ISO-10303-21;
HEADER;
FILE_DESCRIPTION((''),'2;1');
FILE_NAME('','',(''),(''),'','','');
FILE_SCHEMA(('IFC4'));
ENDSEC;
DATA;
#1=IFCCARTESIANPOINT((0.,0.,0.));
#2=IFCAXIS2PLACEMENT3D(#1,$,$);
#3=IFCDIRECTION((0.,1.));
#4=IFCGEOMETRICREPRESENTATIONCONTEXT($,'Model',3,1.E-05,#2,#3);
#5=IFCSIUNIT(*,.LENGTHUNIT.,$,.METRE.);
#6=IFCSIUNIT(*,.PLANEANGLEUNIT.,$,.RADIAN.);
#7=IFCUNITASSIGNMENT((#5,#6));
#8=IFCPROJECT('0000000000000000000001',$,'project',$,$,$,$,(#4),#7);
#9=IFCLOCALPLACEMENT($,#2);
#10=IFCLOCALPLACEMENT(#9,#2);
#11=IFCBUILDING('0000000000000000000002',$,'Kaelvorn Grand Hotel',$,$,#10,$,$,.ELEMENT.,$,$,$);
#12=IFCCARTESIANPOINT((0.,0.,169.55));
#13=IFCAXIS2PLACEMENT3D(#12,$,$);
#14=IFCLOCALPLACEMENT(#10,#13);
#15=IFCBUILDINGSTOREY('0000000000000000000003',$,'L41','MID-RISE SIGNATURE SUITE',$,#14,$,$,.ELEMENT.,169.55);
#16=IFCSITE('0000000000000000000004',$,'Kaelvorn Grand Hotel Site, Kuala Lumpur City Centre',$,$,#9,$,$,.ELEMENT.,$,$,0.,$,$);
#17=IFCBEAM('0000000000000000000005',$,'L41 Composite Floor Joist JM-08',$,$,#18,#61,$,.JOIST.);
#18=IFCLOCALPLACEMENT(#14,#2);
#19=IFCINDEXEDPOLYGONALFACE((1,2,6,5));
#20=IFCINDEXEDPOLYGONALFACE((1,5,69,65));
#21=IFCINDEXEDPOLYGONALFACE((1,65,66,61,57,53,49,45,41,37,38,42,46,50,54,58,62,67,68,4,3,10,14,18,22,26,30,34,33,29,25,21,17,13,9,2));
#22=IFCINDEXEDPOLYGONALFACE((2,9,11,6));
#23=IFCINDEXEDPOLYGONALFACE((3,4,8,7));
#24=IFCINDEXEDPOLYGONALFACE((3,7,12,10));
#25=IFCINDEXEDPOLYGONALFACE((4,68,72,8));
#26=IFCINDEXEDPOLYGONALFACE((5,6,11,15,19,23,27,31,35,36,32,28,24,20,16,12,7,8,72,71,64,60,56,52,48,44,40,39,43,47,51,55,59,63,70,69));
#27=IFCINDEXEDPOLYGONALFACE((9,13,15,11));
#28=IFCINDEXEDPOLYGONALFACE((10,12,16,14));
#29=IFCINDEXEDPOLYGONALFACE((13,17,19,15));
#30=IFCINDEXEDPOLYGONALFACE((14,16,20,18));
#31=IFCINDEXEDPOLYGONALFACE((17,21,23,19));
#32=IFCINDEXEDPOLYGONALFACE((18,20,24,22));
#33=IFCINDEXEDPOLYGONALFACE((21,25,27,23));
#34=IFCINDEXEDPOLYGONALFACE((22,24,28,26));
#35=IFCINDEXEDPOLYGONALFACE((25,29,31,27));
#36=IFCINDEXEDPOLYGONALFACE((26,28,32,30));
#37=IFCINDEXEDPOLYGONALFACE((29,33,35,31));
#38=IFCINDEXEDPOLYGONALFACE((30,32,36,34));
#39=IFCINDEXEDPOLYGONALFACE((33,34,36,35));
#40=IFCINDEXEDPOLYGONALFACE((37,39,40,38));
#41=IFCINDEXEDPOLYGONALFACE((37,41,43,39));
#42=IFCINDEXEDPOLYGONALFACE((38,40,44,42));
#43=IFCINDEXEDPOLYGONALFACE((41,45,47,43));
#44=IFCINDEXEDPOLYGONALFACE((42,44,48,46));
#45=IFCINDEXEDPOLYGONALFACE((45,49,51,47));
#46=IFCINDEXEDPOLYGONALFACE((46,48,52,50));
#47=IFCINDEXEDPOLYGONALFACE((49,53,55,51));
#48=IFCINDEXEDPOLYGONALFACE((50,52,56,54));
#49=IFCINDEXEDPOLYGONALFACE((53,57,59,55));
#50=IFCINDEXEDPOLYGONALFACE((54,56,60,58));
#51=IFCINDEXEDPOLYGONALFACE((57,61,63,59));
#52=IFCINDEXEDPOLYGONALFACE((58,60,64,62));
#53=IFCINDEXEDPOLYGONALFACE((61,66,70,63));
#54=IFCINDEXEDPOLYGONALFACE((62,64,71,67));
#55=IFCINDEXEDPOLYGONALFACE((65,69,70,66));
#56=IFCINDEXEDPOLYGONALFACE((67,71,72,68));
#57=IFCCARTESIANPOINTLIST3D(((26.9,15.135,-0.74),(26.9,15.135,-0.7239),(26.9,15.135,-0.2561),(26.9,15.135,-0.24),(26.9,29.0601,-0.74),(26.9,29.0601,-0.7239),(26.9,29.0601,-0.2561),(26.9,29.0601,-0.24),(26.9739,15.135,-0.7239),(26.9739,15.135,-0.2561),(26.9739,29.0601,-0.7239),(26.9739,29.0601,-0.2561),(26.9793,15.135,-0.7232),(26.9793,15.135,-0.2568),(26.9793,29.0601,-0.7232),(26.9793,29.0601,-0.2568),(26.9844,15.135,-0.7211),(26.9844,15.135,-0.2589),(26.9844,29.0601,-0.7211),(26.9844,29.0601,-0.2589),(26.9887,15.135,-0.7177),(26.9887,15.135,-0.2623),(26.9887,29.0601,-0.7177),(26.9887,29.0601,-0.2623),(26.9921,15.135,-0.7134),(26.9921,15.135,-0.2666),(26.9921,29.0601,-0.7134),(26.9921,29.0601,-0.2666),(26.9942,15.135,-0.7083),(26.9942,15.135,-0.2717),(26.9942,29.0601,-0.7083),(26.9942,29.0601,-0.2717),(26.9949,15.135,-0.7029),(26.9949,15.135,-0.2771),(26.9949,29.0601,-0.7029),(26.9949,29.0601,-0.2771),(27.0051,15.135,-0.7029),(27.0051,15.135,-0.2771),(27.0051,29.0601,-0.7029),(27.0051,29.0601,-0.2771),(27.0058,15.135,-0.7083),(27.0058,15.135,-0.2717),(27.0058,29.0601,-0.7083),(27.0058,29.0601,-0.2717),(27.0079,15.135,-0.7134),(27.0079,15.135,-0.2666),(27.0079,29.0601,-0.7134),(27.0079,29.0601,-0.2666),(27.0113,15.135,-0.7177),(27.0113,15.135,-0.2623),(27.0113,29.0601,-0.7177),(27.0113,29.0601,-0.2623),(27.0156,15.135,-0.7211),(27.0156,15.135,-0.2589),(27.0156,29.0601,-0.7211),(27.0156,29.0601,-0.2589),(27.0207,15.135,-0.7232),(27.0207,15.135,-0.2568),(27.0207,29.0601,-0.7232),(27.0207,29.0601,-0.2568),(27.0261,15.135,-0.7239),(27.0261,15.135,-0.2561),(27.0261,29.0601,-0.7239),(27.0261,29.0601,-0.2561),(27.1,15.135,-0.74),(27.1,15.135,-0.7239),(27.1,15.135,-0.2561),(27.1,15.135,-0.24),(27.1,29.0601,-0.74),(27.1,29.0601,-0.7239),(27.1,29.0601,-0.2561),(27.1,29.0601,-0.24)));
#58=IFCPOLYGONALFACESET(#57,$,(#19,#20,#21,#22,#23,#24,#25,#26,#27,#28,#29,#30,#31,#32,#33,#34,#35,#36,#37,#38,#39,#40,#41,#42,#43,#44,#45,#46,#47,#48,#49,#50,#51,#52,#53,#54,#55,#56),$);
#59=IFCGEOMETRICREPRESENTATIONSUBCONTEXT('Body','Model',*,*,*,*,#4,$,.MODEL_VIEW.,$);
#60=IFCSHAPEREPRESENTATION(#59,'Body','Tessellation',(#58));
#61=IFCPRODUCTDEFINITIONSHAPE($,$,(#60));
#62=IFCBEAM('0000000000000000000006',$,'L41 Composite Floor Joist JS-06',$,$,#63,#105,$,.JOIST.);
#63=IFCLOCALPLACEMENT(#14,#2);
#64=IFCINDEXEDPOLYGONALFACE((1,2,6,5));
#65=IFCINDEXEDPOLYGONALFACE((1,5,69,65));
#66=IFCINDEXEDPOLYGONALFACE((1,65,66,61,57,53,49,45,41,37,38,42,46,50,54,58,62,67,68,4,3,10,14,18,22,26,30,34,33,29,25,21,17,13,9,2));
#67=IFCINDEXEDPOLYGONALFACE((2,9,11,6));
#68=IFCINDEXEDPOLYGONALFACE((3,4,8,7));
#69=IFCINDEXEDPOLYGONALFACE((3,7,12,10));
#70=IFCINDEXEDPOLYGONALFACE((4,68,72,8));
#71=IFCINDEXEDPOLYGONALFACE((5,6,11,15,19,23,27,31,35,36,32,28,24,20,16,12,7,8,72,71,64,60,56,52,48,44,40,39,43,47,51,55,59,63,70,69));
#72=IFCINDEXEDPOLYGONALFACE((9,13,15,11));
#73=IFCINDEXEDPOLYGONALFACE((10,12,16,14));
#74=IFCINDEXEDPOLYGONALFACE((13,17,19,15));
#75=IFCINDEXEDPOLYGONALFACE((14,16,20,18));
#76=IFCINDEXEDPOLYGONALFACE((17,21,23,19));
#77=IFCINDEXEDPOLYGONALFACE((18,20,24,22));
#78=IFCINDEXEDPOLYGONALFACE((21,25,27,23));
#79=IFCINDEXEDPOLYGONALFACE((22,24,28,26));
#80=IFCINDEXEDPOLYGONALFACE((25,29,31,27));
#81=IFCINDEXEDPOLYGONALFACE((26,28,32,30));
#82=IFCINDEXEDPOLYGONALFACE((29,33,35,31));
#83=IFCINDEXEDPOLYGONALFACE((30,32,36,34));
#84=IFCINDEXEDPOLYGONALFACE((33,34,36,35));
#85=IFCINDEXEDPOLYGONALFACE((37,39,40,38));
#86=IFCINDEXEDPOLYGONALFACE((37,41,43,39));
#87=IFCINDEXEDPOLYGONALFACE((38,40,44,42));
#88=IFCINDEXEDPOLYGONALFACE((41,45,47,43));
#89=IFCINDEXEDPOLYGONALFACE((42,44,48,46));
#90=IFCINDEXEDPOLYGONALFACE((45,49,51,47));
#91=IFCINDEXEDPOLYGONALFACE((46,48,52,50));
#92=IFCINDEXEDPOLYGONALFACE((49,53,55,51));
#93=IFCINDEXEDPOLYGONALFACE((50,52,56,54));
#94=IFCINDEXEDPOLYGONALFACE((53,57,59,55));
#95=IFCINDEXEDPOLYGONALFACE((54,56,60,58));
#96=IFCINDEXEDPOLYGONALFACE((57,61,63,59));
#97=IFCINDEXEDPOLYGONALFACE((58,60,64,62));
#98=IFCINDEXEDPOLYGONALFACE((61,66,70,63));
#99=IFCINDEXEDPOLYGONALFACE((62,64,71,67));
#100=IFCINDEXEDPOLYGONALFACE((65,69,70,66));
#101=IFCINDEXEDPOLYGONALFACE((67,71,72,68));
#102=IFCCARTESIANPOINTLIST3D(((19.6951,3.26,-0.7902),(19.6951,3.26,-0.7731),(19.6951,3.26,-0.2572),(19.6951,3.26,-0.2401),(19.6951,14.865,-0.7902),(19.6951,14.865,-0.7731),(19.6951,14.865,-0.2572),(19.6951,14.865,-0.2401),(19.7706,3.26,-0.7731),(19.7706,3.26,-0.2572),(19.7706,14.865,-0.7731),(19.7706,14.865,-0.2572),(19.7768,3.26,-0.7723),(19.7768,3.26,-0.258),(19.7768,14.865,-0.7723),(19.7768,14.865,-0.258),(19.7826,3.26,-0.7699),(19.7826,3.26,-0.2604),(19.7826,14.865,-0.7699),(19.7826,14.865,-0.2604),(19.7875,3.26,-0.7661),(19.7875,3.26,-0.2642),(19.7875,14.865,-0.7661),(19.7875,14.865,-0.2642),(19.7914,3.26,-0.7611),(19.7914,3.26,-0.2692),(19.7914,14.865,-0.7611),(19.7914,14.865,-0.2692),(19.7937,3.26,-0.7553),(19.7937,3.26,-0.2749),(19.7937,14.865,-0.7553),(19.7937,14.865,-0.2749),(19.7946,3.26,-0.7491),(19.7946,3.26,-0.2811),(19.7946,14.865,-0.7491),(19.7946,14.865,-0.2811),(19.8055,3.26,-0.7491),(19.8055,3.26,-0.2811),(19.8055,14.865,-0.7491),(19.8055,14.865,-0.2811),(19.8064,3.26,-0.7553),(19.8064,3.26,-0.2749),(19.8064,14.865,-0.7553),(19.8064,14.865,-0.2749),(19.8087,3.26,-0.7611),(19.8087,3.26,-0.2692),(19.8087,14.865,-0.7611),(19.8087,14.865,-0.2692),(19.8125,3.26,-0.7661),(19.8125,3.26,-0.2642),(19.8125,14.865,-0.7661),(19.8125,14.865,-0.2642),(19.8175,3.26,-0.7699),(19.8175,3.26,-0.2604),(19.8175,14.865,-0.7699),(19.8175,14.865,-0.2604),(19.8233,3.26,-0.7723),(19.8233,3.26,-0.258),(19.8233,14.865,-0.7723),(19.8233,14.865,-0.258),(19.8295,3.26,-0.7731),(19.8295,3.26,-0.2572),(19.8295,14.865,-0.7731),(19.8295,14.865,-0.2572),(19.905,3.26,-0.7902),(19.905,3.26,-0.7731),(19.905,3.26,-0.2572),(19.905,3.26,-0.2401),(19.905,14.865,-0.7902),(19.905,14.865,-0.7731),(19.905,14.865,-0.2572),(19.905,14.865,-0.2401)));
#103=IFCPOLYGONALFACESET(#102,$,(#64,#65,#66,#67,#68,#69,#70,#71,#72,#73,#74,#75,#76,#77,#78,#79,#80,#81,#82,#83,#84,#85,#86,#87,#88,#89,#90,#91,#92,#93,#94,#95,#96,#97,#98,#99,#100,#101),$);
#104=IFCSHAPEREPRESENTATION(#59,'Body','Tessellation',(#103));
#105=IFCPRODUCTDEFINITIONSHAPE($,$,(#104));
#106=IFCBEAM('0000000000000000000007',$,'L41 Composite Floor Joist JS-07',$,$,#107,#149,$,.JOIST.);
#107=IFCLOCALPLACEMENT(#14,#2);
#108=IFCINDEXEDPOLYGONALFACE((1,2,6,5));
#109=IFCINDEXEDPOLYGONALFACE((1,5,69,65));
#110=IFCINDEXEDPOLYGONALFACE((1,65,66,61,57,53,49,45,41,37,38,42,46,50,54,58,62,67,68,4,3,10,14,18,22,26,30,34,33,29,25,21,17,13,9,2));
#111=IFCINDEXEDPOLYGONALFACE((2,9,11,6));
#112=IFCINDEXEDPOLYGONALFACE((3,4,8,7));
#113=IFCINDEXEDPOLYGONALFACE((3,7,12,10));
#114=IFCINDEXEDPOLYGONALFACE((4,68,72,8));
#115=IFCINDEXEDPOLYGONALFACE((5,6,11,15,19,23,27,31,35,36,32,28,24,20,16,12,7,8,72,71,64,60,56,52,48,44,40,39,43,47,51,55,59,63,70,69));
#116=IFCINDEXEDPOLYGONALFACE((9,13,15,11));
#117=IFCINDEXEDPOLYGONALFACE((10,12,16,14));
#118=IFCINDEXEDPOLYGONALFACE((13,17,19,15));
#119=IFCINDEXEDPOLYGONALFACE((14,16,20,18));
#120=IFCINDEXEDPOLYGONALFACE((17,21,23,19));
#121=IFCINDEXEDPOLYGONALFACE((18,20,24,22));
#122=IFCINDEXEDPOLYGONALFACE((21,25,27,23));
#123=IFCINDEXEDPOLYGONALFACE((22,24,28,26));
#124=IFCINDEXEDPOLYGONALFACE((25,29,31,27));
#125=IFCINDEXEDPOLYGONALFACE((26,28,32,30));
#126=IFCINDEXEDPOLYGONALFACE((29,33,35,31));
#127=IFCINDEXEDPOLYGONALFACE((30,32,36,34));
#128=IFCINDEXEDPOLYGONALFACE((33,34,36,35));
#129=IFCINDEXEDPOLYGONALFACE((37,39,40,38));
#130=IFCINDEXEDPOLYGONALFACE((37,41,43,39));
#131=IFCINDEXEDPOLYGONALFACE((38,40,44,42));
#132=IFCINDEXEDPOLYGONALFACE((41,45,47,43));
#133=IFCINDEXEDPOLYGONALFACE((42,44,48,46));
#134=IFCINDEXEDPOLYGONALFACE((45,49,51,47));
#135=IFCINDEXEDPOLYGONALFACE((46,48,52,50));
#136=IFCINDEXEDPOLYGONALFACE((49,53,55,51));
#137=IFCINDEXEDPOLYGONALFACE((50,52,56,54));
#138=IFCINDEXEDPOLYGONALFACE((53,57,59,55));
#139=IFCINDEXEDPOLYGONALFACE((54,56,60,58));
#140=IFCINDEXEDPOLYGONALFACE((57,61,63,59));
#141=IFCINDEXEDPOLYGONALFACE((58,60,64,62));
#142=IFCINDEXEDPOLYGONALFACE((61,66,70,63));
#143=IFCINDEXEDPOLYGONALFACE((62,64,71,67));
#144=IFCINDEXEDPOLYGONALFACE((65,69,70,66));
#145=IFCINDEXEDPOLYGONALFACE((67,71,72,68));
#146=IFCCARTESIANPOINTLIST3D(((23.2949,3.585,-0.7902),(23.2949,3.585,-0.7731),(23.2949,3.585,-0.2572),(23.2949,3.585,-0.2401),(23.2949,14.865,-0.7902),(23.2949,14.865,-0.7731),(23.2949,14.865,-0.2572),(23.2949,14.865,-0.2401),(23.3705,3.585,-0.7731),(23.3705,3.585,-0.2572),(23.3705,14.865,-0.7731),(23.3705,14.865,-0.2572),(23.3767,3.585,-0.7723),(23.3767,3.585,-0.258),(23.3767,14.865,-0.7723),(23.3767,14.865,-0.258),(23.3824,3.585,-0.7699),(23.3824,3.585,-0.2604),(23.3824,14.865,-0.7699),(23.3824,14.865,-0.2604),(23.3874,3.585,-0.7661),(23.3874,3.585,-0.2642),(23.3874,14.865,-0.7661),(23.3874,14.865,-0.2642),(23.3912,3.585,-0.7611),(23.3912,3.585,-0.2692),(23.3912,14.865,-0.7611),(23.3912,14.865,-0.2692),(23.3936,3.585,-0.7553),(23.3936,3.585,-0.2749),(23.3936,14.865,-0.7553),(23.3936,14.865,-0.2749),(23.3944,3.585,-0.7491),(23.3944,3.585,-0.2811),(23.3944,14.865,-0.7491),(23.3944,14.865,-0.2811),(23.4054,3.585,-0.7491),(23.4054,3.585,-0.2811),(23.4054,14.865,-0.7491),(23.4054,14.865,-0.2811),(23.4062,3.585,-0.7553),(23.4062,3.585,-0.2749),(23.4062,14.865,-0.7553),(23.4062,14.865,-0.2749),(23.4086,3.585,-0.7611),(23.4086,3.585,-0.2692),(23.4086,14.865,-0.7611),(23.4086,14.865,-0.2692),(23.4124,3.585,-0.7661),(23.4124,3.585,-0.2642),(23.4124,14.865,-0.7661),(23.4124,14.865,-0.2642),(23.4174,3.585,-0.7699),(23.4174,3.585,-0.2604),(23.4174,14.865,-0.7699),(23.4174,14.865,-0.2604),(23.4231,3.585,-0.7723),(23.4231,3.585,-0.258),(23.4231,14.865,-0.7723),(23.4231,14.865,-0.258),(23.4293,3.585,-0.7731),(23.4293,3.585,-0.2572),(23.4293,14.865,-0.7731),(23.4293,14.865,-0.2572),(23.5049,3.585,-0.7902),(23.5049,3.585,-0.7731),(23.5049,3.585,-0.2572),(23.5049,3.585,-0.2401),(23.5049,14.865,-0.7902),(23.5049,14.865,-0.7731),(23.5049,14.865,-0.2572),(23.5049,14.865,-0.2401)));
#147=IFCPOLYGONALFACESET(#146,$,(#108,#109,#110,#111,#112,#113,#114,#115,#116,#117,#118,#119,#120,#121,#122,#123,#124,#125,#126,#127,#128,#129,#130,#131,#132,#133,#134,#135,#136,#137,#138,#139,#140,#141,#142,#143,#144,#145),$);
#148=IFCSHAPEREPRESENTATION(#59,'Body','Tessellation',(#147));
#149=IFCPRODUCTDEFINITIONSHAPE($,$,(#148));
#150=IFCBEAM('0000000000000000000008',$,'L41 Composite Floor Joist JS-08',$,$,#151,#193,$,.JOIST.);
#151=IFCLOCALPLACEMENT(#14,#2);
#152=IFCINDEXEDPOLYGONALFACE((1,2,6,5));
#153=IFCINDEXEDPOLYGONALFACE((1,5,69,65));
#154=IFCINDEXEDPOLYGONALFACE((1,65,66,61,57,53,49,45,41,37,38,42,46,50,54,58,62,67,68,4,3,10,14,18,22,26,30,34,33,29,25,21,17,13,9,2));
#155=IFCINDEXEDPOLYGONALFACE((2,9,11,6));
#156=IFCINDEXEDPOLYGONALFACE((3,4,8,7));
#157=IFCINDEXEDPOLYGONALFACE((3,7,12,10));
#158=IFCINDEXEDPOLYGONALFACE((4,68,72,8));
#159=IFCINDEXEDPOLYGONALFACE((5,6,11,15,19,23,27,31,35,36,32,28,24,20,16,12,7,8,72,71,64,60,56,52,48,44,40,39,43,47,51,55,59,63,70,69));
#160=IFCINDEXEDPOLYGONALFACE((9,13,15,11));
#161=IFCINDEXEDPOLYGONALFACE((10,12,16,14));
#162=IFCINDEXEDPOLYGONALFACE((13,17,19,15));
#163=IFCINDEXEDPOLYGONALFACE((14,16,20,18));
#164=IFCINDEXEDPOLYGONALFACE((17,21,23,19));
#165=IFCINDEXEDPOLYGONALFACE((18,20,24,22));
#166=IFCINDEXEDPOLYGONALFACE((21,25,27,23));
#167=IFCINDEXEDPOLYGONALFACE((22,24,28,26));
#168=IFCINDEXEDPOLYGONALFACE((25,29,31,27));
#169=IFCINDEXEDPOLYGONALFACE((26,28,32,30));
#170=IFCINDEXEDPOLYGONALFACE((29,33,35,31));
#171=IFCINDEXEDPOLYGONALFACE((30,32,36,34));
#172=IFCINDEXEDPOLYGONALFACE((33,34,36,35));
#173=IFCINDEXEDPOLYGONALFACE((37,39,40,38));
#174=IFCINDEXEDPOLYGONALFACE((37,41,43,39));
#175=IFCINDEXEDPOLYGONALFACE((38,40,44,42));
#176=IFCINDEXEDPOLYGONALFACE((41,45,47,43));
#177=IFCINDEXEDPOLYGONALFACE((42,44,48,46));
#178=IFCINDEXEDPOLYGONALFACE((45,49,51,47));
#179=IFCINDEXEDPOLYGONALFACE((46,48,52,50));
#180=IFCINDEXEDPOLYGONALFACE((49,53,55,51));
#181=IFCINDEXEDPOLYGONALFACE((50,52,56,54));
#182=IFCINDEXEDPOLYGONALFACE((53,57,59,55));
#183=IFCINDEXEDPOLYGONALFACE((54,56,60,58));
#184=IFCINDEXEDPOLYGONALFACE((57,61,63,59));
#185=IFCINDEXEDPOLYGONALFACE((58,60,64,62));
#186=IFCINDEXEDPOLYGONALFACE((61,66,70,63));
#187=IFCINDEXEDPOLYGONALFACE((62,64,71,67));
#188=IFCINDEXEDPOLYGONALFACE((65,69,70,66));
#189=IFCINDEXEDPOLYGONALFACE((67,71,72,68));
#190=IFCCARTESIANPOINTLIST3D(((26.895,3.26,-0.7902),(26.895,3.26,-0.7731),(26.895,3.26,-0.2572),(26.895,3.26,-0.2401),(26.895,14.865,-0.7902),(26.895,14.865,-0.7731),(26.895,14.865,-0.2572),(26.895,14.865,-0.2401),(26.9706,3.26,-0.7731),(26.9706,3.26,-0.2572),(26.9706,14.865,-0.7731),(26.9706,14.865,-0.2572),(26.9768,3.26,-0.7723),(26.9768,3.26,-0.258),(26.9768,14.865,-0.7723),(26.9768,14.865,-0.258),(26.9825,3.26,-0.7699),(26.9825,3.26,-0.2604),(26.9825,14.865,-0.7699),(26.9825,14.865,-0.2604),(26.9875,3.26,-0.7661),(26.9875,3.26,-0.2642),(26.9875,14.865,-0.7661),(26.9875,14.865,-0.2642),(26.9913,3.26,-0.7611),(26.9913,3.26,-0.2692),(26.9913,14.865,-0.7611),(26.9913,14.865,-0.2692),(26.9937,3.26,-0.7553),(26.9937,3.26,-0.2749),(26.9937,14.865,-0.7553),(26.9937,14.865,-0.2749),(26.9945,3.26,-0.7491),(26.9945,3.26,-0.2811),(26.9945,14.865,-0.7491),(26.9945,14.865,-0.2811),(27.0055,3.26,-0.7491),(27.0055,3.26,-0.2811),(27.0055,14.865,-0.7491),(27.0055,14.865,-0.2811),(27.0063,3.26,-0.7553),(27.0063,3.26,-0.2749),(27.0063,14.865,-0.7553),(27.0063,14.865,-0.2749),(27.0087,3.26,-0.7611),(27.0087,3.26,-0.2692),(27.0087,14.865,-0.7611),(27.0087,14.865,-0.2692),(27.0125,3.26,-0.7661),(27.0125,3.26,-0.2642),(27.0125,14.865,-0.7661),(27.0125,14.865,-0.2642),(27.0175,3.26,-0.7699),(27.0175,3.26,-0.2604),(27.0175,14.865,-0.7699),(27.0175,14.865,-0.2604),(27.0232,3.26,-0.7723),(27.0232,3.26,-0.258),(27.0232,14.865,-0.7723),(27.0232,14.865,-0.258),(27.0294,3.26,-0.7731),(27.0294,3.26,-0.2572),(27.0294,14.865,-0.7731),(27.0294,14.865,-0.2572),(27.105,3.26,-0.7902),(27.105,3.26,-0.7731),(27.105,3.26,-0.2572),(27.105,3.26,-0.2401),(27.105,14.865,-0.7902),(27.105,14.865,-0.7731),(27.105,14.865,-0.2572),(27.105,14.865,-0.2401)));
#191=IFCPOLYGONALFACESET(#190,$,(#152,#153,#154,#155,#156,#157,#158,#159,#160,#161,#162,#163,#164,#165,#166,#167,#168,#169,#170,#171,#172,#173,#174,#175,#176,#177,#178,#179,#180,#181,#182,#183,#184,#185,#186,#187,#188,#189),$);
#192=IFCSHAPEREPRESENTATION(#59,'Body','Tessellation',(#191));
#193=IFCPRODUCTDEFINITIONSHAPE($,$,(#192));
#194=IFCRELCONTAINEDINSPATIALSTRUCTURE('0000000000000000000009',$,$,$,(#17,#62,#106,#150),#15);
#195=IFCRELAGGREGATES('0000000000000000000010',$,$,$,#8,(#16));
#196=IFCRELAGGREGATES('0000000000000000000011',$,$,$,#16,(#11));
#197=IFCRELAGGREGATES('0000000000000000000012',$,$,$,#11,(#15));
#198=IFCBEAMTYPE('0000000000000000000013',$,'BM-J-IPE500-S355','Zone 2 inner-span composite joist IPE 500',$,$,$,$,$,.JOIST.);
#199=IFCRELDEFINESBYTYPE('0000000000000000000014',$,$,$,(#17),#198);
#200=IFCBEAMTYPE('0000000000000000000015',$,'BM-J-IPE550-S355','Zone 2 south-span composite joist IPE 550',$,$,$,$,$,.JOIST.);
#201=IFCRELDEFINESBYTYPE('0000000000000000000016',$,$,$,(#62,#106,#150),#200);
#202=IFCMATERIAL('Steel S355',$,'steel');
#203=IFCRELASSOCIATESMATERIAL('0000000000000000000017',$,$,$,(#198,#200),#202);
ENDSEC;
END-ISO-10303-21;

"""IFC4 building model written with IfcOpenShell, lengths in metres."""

from ifc_helpers import new_model, si_unit, direction, frame, origin, origin_2d, place, context, subcontext, project, spatial, i_section, extrude, material, material_profile, profile_set, type_object, element, save


model = new_model("IFC4")

# Units and contexts
model_context = context("Model", 3, precision=1e-05, world=origin(), true_north=direction((0.0, 1.0)))
body_context = subcontext(model_context, "Body", "Model", "MODEL_VIEW")
ifc_project = project(units=[si_unit("LENGTHUNIT", "METRE"), si_unit("PLANEANGLEUNIT", "RADIAN")], contexts=[model_context])

# Site, building, storey
site_placement = place(None, origin())
site = spatial("IfcSite", under=ifc_project, at=site_placement, Name="Kaelvorn Grand Hotel Site, Kuala Lumpur City Centre", CompositionType="ELEMENT", RefElevation=0.0)
building_placement = place(site_placement, origin())
building = spatial("IfcBuilding", under=site, at=building_placement, Name="Kaelvorn Grand Hotel", CompositionType="ELEMENT")
storey_placement = place(building_placement, frame((0.0, 0.0, 169.55)))
storey = spatial("IfcBuildingStorey", under=building, at=storey_placement, Name="L41", Description="MID-RISE SIGNATURE SUITE", CompositionType="ELEMENT", Elevation=169.55)

# Beams
ifc_material_1 = material(Name="Steel S355", Category="steel")
ifc_material_profile_1 = material_profile(ifc_material_1, i_section(OverallWidth=0.2, OverallDepth=0.5, WebThickness=0.0103, FlangeThickness=0.0161, FilletRadius=0.021, at=origin_2d()), Name="IPE 500")
ifc_profile_set_1 = profile_set([ifc_material_profile_1], Name="Steel S355")
beam_type_1 = type_object("IfcBeamType", Name="BM-J-IPE500-S355", Description="Zone 2 inner-span composite joist IPE 500", PredefinedType="JOIST", material=ifc_profile_set_1)
beam_1_placement = place(storey_placement, frame((27.0, 15.135, -0.49), z_axis=(0.0, 1.0, 0.0), x_axis=(-1.0, 0.0, 0.0)))
element("IfcBeam", 1, at=beam_1_placement, inside=storey, type_object=beam_type_1, Name="L41 Composite Floor Joist JM-08", PredefinedType="JOIST", context=body_context, shape_type="SweptSolid", body=[
    extrude(i_section(OverallWidth=0.2, OverallDepth=0.5, WebThickness=0.0103, FlangeThickness=0.0161, FilletRadius=0.021, at=origin_2d()), origin(), (0.0, 0.0, 1.0), 13.925),
])
ifc_material_profile_2 = material_profile(ifc_material_1, i_section(OverallWidth=0.21, OverallDepth=0.55, WebThickness=0.011, FlangeThickness=0.0171, FilletRadius=0.0239, at=origin_2d()), Name="IPE 550")
ifc_profile_set_2 = profile_set([ifc_material_profile_2], Name="Steel S355")
beam_type_2 = type_object("IfcBeamType", Name="BM-J-IPE550-S355", Description="Zone 2 south-span composite joist IPE 550", PredefinedType="JOIST", material=ifc_profile_set_2)
beam_2_placement = place(storey_placement, frame((19.8, 3.26, -0.5151), z_axis=(0.0, 1.0, 0.0), x_axis=(-1.0, 0.0, 0.0)))
element("IfcBeam", 2, at=beam_2_placement, inside=storey, type_object=beam_type_2, Name="L41 Composite Floor Joist JS-06", PredefinedType="JOIST", context=body_context, shape_type="SweptSolid", body=[
    extrude(i_section(OverallWidth=0.21, OverallDepth=0.55, WebThickness=0.011, FlangeThickness=0.0171, FilletRadius=0.0239, at=origin_2d()), origin(), (0.0, 0.0, 1.0), 11.605),
])
beam_3_placement = place(storey_placement, frame((23.3999, 3.585, -0.5151), z_axis=(0.0, 1.0, 0.0), x_axis=(-1.0, 0.0, 0.0)))
element("IfcBeam", 3, at=beam_3_placement, inside=storey, type_object=beam_type_2, Name="L41 Composite Floor Joist JS-07", PredefinedType="JOIST", context=body_context, shape_type="SweptSolid", body=[
    extrude(i_section(OverallWidth=0.21, OverallDepth=0.55, WebThickness=0.011, FlangeThickness=0.0171, FilletRadius=0.0239, at=origin_2d()), origin(), (0.0, 0.0, 1.0), 11.28),
])
beam_4_placement = place(storey_placement, frame((27.0, 3.26, -0.5151), z_axis=(0.0, 1.0, 0.0), x_axis=(-1.0, 0.0, 0.0)))
element("IfcBeam", 4, at=beam_4_placement, inside=storey, type_object=beam_type_2, Name="L41 Composite Floor Joist JS-08", PredefinedType="JOIST", context=body_context, shape_type="SweptSolid", body=[
    extrude(i_section(OverallWidth=0.21, OverallDepth=0.55, WebThickness=0.011, FlangeThickness=0.0171, FilletRadius=0.0239, at=origin_2d()), origin(), (0.0, 0.0, 1.0), 11.605),
])

save(model, "model.ifc")
